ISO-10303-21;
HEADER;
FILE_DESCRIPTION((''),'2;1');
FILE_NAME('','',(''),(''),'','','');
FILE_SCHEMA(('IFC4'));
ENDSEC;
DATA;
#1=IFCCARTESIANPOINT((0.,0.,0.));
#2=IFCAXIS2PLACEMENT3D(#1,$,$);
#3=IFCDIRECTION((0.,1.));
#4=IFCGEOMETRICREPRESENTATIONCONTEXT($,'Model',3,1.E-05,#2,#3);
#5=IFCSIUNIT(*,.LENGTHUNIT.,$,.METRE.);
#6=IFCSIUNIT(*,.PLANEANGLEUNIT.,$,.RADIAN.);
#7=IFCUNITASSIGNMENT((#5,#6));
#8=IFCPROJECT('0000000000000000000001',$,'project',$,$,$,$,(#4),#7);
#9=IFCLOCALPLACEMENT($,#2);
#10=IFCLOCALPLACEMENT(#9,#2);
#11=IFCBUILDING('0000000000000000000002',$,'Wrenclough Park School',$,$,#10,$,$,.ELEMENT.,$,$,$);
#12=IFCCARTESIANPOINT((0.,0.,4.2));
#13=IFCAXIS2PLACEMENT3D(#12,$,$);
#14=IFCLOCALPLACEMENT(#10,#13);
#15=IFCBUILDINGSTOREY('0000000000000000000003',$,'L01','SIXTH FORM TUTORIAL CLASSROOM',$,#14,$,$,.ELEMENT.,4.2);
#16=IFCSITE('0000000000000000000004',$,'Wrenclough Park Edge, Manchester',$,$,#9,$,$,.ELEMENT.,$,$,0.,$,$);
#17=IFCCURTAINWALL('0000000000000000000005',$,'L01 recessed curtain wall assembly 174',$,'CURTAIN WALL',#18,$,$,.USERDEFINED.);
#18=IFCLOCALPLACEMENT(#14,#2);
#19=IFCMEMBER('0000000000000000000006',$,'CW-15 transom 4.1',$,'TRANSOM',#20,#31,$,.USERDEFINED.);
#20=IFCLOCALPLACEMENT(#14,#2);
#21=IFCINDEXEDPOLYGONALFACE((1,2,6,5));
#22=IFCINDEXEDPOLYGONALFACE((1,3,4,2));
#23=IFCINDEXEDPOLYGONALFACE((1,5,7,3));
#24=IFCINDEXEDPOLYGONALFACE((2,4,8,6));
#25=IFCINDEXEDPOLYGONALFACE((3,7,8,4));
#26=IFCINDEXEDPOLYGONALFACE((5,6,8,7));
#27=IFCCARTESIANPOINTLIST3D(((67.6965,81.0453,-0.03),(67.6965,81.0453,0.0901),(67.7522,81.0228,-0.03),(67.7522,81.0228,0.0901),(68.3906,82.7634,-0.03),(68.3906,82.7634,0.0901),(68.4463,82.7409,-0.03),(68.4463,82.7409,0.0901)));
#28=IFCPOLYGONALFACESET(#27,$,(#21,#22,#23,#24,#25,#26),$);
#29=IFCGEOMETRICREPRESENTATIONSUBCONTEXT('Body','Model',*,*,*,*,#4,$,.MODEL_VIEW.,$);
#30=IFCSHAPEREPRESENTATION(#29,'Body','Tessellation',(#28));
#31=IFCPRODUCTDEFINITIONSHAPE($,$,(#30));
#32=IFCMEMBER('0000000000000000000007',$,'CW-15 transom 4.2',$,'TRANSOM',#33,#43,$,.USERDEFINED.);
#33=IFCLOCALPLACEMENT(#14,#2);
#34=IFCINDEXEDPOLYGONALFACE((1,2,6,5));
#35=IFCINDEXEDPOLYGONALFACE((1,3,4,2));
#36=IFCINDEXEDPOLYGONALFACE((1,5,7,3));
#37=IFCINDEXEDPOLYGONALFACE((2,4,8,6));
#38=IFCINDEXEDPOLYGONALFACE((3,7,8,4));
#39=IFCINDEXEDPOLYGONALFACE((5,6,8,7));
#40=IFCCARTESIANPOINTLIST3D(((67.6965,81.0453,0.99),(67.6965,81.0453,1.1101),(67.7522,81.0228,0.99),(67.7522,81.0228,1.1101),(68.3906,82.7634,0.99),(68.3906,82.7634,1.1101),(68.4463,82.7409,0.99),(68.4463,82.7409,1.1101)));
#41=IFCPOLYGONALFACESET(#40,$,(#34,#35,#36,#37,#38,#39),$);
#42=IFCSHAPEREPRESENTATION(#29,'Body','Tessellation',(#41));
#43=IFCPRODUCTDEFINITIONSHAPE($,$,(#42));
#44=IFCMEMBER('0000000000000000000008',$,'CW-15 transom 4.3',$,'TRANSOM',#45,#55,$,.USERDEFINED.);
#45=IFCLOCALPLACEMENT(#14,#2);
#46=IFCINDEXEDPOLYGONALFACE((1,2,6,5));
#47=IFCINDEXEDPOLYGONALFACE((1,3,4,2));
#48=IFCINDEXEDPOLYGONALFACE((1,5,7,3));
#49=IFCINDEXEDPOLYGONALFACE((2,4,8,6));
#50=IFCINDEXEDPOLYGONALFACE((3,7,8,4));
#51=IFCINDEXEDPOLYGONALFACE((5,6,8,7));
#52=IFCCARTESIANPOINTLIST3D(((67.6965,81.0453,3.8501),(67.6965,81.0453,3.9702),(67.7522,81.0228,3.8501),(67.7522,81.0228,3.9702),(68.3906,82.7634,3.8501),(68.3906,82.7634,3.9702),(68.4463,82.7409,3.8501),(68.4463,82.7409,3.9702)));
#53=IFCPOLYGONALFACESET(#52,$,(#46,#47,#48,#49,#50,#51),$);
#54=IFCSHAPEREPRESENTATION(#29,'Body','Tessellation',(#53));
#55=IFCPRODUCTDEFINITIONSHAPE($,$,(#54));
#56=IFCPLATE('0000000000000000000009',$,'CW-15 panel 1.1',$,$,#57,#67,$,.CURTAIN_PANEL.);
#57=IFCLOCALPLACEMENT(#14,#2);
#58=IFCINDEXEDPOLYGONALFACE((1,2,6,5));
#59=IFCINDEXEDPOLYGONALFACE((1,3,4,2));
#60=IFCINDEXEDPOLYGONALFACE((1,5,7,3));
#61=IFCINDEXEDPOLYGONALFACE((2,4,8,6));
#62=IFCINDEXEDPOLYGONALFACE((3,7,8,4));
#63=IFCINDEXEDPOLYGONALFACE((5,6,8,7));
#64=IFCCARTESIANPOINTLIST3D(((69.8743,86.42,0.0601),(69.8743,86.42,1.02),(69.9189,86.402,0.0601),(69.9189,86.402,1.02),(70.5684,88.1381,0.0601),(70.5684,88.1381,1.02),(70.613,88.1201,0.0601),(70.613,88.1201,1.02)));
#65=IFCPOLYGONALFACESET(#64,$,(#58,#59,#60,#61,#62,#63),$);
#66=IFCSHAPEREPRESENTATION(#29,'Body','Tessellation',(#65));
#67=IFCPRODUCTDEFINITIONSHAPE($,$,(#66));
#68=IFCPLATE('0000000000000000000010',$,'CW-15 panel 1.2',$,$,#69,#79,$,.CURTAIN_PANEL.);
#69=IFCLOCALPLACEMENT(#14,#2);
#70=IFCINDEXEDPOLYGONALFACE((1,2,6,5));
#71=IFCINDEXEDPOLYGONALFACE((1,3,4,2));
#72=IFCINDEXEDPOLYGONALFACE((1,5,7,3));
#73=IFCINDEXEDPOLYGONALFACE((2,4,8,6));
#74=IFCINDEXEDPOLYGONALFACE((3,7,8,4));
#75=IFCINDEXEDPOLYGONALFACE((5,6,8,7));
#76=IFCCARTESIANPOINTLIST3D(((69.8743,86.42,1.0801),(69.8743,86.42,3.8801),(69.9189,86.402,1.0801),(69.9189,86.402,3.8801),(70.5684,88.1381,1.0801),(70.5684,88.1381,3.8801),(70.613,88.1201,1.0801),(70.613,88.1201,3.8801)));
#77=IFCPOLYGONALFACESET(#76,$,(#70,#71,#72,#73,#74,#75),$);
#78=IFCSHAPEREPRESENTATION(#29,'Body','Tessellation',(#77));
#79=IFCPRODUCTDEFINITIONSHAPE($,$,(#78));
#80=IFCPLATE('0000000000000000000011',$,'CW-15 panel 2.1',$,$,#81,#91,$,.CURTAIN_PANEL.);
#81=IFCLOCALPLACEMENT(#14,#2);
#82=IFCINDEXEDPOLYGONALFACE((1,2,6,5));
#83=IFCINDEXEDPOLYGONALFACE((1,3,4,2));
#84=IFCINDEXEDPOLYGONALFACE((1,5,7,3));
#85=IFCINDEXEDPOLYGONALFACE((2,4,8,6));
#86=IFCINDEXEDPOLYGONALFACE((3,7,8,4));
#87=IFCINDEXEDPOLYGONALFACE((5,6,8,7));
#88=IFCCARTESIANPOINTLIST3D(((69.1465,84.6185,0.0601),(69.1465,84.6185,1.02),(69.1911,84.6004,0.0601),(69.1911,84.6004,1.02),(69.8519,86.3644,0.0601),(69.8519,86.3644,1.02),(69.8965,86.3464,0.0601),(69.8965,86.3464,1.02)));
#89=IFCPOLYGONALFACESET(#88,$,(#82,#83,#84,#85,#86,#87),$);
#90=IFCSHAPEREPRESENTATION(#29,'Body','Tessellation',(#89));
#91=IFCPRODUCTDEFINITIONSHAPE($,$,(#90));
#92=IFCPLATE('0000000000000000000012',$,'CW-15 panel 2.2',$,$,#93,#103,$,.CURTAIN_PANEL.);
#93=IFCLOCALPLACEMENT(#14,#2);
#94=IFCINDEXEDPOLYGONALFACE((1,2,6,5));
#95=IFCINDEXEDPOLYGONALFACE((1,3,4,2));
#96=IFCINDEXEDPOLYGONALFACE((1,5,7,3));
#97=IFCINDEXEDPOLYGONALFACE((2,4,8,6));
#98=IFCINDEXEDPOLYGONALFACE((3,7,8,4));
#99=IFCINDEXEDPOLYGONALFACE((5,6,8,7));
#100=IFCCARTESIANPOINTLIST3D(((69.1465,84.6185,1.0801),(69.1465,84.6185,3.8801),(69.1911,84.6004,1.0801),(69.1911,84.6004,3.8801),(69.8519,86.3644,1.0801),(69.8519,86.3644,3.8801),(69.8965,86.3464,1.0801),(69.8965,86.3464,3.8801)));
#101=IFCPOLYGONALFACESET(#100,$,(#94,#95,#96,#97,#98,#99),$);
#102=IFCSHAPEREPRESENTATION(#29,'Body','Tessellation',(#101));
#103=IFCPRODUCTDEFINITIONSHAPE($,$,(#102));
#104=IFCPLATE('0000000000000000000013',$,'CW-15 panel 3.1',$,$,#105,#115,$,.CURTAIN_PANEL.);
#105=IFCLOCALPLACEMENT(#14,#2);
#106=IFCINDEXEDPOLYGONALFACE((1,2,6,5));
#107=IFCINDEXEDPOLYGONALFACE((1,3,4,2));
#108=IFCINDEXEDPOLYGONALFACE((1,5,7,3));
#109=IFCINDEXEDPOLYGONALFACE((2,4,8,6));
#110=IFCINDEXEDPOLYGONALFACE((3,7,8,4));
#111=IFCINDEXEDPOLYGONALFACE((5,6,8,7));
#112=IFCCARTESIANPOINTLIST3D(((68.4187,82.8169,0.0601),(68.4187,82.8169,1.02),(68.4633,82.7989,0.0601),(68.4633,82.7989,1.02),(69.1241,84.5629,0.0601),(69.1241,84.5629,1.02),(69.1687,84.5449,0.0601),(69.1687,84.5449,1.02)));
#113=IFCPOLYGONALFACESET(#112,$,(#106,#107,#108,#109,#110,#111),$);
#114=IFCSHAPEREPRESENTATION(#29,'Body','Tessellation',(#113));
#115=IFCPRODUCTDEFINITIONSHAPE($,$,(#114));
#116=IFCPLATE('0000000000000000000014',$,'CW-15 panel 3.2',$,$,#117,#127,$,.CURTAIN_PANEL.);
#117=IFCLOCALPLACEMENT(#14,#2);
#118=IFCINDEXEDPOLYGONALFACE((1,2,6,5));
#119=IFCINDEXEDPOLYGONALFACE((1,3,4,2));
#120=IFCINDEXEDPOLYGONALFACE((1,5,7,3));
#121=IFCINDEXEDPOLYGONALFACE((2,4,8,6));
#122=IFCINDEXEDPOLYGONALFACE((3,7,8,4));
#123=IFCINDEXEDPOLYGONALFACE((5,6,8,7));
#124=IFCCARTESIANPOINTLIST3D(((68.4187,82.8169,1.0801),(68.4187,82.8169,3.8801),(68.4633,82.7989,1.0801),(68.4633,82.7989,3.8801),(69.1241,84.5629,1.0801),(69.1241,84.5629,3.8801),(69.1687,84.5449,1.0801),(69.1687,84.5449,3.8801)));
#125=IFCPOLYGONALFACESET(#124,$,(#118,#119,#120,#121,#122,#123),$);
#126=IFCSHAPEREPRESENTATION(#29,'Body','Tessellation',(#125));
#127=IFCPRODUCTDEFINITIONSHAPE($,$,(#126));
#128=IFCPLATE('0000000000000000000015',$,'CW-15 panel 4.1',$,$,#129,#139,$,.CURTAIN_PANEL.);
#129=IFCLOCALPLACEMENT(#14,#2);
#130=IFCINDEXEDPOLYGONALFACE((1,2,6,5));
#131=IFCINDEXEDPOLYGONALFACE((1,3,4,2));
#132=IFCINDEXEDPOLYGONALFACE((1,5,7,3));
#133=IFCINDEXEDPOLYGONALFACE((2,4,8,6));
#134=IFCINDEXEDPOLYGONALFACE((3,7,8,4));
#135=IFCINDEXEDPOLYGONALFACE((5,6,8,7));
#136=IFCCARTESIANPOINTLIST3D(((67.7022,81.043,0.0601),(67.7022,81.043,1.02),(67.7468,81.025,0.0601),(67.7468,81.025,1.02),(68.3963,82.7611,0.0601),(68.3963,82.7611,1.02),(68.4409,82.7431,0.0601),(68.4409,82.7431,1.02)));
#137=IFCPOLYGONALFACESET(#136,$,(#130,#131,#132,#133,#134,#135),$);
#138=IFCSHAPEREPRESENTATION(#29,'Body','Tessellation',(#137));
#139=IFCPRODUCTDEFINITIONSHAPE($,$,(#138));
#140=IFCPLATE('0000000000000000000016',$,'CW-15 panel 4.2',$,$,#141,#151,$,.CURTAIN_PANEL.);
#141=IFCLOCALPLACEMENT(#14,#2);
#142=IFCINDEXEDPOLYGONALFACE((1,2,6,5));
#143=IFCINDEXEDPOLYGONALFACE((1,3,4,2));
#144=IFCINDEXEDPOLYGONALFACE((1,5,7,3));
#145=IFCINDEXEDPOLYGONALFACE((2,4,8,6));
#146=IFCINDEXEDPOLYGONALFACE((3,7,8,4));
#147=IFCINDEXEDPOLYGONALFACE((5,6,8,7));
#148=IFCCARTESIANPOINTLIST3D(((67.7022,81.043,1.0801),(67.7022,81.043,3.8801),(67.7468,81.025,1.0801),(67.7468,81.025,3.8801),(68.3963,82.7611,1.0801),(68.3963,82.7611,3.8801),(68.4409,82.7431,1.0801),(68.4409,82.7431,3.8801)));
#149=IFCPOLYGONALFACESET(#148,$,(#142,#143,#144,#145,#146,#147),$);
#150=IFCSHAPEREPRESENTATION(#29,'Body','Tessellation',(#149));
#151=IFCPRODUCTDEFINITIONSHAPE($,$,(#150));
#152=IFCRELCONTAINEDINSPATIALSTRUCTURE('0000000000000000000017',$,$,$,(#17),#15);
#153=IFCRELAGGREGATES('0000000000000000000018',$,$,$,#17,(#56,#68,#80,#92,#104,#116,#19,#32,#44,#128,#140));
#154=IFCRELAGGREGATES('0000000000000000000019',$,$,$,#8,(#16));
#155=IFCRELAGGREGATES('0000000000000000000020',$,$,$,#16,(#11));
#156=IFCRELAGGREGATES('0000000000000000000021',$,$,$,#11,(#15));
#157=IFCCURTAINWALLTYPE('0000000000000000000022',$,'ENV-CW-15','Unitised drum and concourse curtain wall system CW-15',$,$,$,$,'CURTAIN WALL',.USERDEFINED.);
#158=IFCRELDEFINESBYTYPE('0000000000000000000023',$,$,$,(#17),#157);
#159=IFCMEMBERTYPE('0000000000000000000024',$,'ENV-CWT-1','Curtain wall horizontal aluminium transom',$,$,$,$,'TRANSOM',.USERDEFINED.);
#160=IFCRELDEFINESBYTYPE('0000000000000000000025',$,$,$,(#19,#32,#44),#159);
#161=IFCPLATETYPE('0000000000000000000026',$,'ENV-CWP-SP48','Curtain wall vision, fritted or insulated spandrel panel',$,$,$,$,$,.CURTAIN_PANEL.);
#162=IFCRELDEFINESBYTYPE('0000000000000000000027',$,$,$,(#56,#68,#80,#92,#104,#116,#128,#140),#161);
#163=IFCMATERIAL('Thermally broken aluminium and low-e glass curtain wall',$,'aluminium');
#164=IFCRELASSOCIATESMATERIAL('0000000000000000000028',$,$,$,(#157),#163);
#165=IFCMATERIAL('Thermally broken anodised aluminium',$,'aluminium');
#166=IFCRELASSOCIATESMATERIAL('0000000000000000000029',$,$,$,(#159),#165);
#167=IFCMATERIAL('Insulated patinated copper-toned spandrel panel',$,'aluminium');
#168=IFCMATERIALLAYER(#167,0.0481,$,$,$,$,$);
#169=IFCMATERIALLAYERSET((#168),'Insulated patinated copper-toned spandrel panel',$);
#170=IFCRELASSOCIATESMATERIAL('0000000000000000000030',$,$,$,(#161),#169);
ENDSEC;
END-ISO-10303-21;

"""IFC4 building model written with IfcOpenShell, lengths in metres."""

from ifc_helpers import new_model, si_unit, direction, frame, origin, origin_2d, place, context, subcontext, project, spatial, rectangle, extrude, material, layer, layer_set, material_profile, profile_set, type_object, element, aggregate, save


model = new_model("IFC4")

# Units and contexts
model_context = context("Model", 3, precision=1e-05, world=origin(), true_north=direction((0.0, 1.0)))
body_context = subcontext(model_context, "Body", "Model", "MODEL_VIEW")
ifc_project = project(units=[si_unit("LENGTHUNIT", "METRE"), si_unit("PLANEANGLEUNIT", "RADIAN")], contexts=[model_context])

# Site, building, storey
site_placement = place(None, origin())
site = spatial("IfcSite", under=ifc_project, at=site_placement, Name="Wrenclough Park Edge, Manchester", CompositionType="ELEMENT", RefElevation=0.0)
building_placement = place(site_placement, origin())
building = spatial("IfcBuilding", under=site, at=building_placement, Name="Wrenclough Park School", CompositionType="ELEMENT")
storey_placement = place(building_placement, frame((0.0, 0.0, 4.2)))
storey = spatial("IfcBuildingStorey", under=building, at=storey_placement, Name="L01", Description="SIXTH FORM TUTORIAL CLASSROOM", CompositionType="ELEMENT", Elevation=4.2)

# Curtain wall, members, plates
ifc_material_1 = material(Name="Thermally broken aluminium and low-e glass curtain wall", Category="aluminium")
curtain_wall_type = type_object("IfcCurtainWallType", Name="ENV-CW-15", Description="Unitised drum and concourse curtain wall system CW-15", ElementType="CURTAIN WALL", PredefinedType="USERDEFINED", material=ifc_material_1)
curtain_wall_placement = place(storey_placement, origin())
curtain_wall = element("IfcCurtainWall", 1, at=curtain_wall_placement, inside=storey, type_object=curtain_wall_type, Name="L01 recessed curtain wall assembly 174", ObjectType="CURTAIN WALL", PredefinedType="USERDEFINED")
ifc_material_2 = material(Name="Thermally broken anodised aluminium", Category="aluminium")
ifc_material_profile_1 = material_profile(ifc_material_2, rectangle(XDim=0.0601, YDim=0.1201, at=origin_2d()), Name="AL TRANSOM 60x120")
ifc_profile_set_1 = profile_set([ifc_material_profile_1], Name="Thermally broken anodised aluminium")
member_type_1 = type_object("IfcMemberType", Name="ENV-CWT-1", Description="Curtain wall horizontal aluminium transom", ElementType="TRANSOM", PredefinedType="USERDEFINED", material=ifc_profile_set_1)
member_1_placement = place(storey_placement, frame((68.4185, 82.7522, 0.03), z_axis=(-0.374592, -0.92719, 0.0), x_axis=(0.92719, -0.374592, 0.0)))
member_1 = element("IfcMember", 2, at=member_1_placement, type_object=member_type_1, Name="CW-15 transom 4.1", ObjectType="TRANSOM", PredefinedType="USERDEFINED", context=body_context, shape_type="SweptSolid", body=[
    extrude(rectangle(XDim=0.0601, YDim=0.1201, at=origin_2d()), origin(), (0.0, 0.0, 1.0), 1.853),
])
member_2_placement = place(storey_placement, frame((68.4185, 82.7522, 1.05), z_axis=(-0.374592, -0.92719, 0.0), x_axis=(0.92719, -0.374592, 0.0)))
member_2 = element("IfcMember", 3, at=member_2_placement, type_object=member_type_1, Name="CW-15 transom 4.2", ObjectType="TRANSOM", PredefinedType="USERDEFINED", context=body_context, shape_type="SweptSolid", body=[
    extrude(rectangle(XDim=0.0601, YDim=0.1201, at=origin_2d()), origin(), (0.0, 0.0, 1.0), 1.853),
])
member_3_placement = place(storey_placement, frame((68.4185, 82.7522, 3.9102), z_axis=(-0.374592, -0.92719, 0.0), x_axis=(0.92719, -0.374592, 0.0)))
member_3 = element("IfcMember", 4, at=member_3_placement, type_object=member_type_1, Name="CW-15 transom 4.3", ObjectType="TRANSOM", PredefinedType="USERDEFINED", context=body_context, shape_type="SweptSolid", body=[
    extrude(rectangle(XDim=0.0601, YDim=0.1201, at=origin_2d()), origin(), (0.0, 0.0, 1.0), 1.853),
])
ifc_material_3 = material(Name="Insulated patinated copper-toned spandrel panel", Category="aluminium")
ifc_layer_1 = layer(ifc_material_3, 0.0481)
ifc_layer_set_1 = layer_set([ifc_layer_1], Name="Insulated patinated copper-toned spandrel panel")
plate_type = type_object("IfcPlateType", Name="ENV-CWP-SP48", Description="Curtain wall vision, fritted or insulated spandrel panel", PredefinedType="CURTAIN_PANEL", material=ifc_layer_set_1)
plate_1_placement = place(storey_placement, frame((70.2437, 87.27, 0.0601), z_axis=(0.0, 0.0, 1.0), x_axis=(-0.37459, -0.927191, 0.0)))
plate_1 = element("IfcPlate", 5, at=plate_1_placement, type_object=plate_type, Name="CW-15 panel 1.1", PredefinedType="CURTAIN_PANEL", context=body_context, shape_type="SweptSolid", body=[
    extrude(rectangle(XDim=1.853, YDim=0.0481, at=origin_2d()), origin(), (0.0, 0.0, 1.0), 0.96),
])
plate_2_placement = place(storey_placement, frame((70.2437, 87.27, 1.0801), z_axis=(0.0, 0.0, 1.0), x_axis=(-0.37459, -0.927191, 0.0)))
plate_2 = element("IfcPlate", 6, at=plate_2_placement, type_object=plate_type, Name="CW-15 panel 1.2", PredefinedType="CURTAIN_PANEL", context=body_context, shape_type="SweptSolid", body=[
    extrude(rectangle(XDim=1.853, YDim=0.0481, at=origin_2d()), origin(), (0.0, 0.0, 1.0), 2.8),
])
plate_3_placement = place(storey_placement, frame((69.5215, 85.4824, 0.0601), z_axis=(0.0, 0.0, 1.0), x_axis=(-0.37459, -0.927191, 0.0)))
plate_3 = element("IfcPlate", 7, at=plate_3_placement, type_object=plate_type, Name="CW-15 panel 2.1", PredefinedType="CURTAIN_PANEL", context=body_context, shape_type="SweptSolid", body=[
    extrude(rectangle(XDim=1.8831, YDim=0.0481, at=origin_2d()), origin(), (0.0, 0.0, 1.0), 0.96),
])
plate_4_placement = place(storey_placement, frame((69.5215, 85.4824, 1.0801), z_axis=(0.0, 0.0, 1.0), x_axis=(-0.37459, -0.927191, 0.0)))
plate_4 = element("IfcPlate", 8, at=plate_4_placement, type_object=plate_type, Name="CW-15 panel 2.2", PredefinedType="CURTAIN_PANEL", context=body_context, shape_type="SweptSolid", body=[
    extrude(rectangle(XDim=1.8831, YDim=0.0481, at=origin_2d()), origin(), (0.0, 0.0, 1.0), 2.8),
])
plate_5_placement = place(storey_placement, frame((68.7937, 83.6809, 0.0601), z_axis=(0.0, 0.0, 1.0), x_axis=(-0.37459, -0.927191, 0.0)))
plate_5 = element("IfcPlate", 9, at=plate_5_placement, type_object=plate_type, Name="CW-15 panel 3.1", PredefinedType="CURTAIN_PANEL", context=body_context, shape_type="SweptSolid", body=[
    extrude(rectangle(XDim=1.8831, YDim=0.0481, at=origin_2d()), origin(), (0.0, 0.0, 1.0), 0.96),
])
plate_6_placement = place(storey_placement, frame((68.7937, 83.6809, 1.0801), z_axis=(0.0, 0.0, 1.0), x_axis=(-0.37459, -0.927191, 0.0)))
plate_6 = element("IfcPlate", 10, at=plate_6_placement, type_object=plate_type, Name="CW-15 panel 3.2", PredefinedType="CURTAIN_PANEL", context=body_context, shape_type="SweptSolid", body=[
    extrude(rectangle(XDim=1.8831, YDim=0.0481, at=origin_2d()), origin(), (0.0, 0.0, 1.0), 2.8),
])
plate_7_placement = place(storey_placement, frame((68.0715, 81.8931, 0.0601), z_axis=(0.0, 0.0, 1.0), x_axis=(-0.37459, -0.927191, 0.0)))
plate_7 = element("IfcPlate", 11, at=plate_7_placement, type_object=plate_type, Name="CW-15 panel 4.1", PredefinedType="CURTAIN_PANEL", context=body_context, shape_type="SweptSolid", body=[
    extrude(rectangle(XDim=1.853, YDim=0.0481, at=origin_2d()), origin(), (0.0, 0.0, 1.0), 0.96),
])
plate_8_placement = place(storey_placement, frame((68.0715, 81.8931, 1.0801), z_axis=(0.0, 0.0, 1.0), x_axis=(-0.37459, -0.927191, 0.0)))
plate_8 = element("IfcPlate", 12, at=plate_8_placement, type_object=plate_type, Name="CW-15 panel 4.2", PredefinedType="CURTAIN_PANEL", context=body_context, shape_type="SweptSolid", body=[
    extrude(rectangle(XDim=1.853, YDim=0.0481, at=origin_2d()), origin(), (0.0, 0.0, 1.0), 2.8),
])
aggregate(curtain_wall, [plate_1, plate_2, plate_3, plate_4, plate_5, plate_6, member_1, member_2, member_3, plate_7, plate_8])

save(model, "model.ifc")
